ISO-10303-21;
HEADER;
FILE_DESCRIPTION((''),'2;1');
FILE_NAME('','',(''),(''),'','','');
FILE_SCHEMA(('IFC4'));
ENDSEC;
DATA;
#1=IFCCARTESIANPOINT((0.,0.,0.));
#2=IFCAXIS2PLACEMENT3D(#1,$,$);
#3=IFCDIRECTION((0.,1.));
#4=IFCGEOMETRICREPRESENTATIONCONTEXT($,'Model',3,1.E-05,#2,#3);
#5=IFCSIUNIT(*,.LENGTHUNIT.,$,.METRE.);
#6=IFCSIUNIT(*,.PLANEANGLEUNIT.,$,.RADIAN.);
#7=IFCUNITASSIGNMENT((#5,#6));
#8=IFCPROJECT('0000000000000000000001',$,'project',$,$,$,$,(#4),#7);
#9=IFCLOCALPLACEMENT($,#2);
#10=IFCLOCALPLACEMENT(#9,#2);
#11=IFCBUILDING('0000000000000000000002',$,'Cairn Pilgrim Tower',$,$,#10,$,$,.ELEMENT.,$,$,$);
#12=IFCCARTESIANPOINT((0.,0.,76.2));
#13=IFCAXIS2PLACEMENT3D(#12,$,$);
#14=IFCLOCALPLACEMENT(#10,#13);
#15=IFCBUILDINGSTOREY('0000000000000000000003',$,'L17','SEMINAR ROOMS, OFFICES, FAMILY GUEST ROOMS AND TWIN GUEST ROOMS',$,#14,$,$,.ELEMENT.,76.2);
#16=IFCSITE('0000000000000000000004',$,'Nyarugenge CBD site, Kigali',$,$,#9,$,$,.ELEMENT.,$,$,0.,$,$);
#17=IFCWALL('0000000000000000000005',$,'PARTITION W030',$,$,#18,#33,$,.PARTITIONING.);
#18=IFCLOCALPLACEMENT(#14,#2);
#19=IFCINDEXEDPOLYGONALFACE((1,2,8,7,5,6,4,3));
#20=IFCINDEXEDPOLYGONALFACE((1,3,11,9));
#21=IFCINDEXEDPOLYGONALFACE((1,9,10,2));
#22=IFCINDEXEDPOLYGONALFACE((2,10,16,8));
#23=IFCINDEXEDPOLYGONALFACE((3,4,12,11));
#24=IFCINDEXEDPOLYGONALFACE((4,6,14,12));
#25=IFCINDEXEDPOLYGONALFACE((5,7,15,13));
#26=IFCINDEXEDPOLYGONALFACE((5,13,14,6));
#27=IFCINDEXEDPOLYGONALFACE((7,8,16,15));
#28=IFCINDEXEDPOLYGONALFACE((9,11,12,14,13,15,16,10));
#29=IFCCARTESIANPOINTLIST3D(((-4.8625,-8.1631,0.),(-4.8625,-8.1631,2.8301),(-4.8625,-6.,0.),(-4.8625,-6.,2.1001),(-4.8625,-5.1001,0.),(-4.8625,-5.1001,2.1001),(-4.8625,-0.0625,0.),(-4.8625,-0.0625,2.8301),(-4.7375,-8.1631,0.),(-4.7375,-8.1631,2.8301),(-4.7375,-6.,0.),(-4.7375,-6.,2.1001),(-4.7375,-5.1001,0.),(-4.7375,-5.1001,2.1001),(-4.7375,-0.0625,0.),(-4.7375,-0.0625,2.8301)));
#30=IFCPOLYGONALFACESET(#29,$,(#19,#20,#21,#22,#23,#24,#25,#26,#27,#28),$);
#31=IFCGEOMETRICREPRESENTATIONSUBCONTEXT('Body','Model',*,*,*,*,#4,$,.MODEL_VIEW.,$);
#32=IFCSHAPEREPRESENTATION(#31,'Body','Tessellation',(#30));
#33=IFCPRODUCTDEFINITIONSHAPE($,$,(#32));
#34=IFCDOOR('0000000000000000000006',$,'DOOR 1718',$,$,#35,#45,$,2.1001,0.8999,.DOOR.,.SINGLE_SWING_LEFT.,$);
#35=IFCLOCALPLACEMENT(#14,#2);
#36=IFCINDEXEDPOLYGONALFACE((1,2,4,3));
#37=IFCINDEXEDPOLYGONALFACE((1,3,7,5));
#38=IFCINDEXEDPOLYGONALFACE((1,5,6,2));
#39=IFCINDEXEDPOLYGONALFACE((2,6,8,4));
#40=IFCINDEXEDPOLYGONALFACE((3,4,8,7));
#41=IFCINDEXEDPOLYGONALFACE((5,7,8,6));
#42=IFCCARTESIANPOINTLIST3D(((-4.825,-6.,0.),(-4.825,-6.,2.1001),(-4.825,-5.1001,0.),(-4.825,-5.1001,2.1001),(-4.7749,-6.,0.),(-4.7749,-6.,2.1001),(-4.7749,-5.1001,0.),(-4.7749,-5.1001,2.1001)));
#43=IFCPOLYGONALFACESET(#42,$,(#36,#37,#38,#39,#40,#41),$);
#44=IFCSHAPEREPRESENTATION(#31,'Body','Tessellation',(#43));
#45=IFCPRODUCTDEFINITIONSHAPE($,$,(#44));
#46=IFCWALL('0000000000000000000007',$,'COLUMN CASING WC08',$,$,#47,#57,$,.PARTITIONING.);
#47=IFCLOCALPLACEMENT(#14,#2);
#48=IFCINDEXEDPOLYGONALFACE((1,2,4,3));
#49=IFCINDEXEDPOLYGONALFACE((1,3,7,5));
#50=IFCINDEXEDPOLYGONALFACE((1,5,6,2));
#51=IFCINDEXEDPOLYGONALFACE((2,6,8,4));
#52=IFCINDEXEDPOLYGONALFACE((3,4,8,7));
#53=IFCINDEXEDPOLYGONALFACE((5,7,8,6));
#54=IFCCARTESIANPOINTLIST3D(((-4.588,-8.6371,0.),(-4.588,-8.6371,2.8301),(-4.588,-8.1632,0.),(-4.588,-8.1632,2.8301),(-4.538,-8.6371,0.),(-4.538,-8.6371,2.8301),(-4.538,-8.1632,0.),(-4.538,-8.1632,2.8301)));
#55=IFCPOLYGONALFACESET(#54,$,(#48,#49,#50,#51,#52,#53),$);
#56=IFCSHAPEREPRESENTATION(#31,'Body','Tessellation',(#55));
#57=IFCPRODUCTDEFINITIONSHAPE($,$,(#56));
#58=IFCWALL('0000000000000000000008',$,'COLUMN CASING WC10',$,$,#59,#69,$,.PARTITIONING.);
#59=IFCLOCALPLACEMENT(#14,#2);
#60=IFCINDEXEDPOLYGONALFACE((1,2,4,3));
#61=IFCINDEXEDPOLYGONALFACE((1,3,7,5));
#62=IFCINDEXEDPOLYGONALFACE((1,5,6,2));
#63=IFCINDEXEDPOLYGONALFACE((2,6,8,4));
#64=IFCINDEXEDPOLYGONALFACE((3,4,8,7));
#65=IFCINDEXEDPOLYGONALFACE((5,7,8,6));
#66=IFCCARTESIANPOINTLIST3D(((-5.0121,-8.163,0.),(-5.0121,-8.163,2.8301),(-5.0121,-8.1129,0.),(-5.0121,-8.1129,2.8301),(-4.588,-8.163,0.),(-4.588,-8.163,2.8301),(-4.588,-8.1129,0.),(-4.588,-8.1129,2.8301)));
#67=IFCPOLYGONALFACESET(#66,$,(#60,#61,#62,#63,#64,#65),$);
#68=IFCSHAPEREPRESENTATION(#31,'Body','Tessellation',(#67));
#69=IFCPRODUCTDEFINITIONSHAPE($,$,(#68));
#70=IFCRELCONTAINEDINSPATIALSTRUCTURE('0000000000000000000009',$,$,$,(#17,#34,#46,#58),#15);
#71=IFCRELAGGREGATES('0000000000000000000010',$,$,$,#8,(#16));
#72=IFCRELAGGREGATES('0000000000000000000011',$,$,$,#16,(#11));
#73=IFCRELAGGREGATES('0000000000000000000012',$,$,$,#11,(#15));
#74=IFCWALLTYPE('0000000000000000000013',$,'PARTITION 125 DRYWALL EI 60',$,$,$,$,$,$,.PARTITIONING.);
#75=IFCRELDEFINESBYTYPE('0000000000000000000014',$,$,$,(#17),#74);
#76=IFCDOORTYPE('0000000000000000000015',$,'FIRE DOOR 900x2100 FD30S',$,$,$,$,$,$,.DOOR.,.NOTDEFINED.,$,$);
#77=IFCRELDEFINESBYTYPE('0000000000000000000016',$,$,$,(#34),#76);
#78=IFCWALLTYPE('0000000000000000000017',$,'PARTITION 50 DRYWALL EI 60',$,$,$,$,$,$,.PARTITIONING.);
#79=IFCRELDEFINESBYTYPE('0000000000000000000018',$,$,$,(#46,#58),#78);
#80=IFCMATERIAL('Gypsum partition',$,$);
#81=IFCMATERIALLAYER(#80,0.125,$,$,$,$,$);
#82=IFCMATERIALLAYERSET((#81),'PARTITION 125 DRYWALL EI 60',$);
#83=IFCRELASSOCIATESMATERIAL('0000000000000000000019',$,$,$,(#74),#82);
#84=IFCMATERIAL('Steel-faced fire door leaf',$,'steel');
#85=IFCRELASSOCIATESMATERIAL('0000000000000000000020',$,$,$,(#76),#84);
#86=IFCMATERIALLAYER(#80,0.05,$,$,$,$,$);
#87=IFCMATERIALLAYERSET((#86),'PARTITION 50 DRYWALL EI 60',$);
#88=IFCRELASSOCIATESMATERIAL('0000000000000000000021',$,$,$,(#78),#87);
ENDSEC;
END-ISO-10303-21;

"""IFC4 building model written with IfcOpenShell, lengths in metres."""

from ifc_helpers import new_model, si_unit, direction, frame, frame_2d, origin, place, context, subcontext, project, spatial, rectangle, extrude, material, layer, layer_set, type_object, element, fill, save


model = new_model("IFC4")

# Units and contexts
model_context = context("Model", 3, precision=1e-05, world=origin(), true_north=direction((0.0, 1.0)))
body_context = subcontext(model_context, "Body", "Model", "MODEL_VIEW")
ifc_project = project(units=[si_unit("LENGTHUNIT", "METRE"), si_unit("PLANEANGLEUNIT", "RADIAN")], contexts=[model_context])

# Site, building, storey
site_placement = place(None, origin())
site = spatial("IfcSite", under=ifc_project, at=site_placement, Name="Nyarugenge CBD site, Kigali", CompositionType="ELEMENT", RefElevation=0.0)
building_placement = place(site_placement, origin())
building = spatial("IfcBuilding", under=site, at=building_placement, Name="Cairn Pilgrim Tower", CompositionType="ELEMENT")
storey_placement = place(building_placement, frame((0.0, 0.0, 76.2)))
storey = spatial("IfcBuildingStorey", under=building, at=storey_placement, Name="L17", Description="SEMINAR ROOMS, OFFICES, FAMILY GUEST ROOMS AND TWIN GUEST ROOMS", CompositionType="ELEMENT", Elevation=76.2)

# Shared definitions
ifc_material_1 = material(Name="Gypsum partition")
ifc_layer_1 = layer(ifc_material_1, 0.125)
ifc_layer_set_1 = layer_set([ifc_layer_1], Name="PARTITION 125 DRYWALL EI 60")
wall_type_1 = type_object("IfcWallType", Name="PARTITION 125 DRYWALL EI 60", PredefinedType="PARTITIONING", material=ifc_layer_set_1)

# Wall, opening, door
wall_1_placement = place(storey_placement, frame((-4.8, -8.1631, 0.0), z_axis=(0.0, 0.0, 1.0), x_axis=(0.0, 1.0, 0.0)))
wall_1 = element("IfcWall", 1, at=wall_1_placement, inside=storey, type_object=wall_type_1, Name="PARTITION W030", PredefinedType="PARTITIONING", context=body_context, shape_type="SweptSolid", body=[
    extrude(rectangle(XDim=8.1006, YDim=0.125, at=frame_2d((4.0503, 0.0))), origin(), (0.0, 0.0, 1.0), 2.8301),
])
opening_1_placement = place(wall_1_placement, frame((2.1631, 0.0, 0.0)))
opening_1 = element("IfcOpeningElement", 2, at=opening_1_placement, cuts=wall_1, PredefinedType="OPENING", context=body_context, shape_type="SweptSolid", body=[
    extrude(rectangle(XDim=0.8999, YDim=2.1001, at=frame_2d((0.45, 1.05))), frame((0.0, 0.0725, 0.0), z_axis=(0.0, -1.0, 0.0), x_axis=(1.0, 0.0, 0.0)), (0.0, 0.0, 1.0), 0.145),
])
ifc_material_2 = material(Name="Steel-faced fire door leaf", Category="steel")
door_type_1 = type_object("IfcDoorType", Name="FIRE DOOR 900x2100 FD30S", OperationType="NOTDEFINED", PredefinedType="DOOR", material=ifc_material_2)
door_1_placement = place(opening_1_placement, origin())
door_1 = element("IfcDoor", 3, at=door_1_placement, inside=storey, type_object=door_type_1, Name="DOOR 1718", OperationType="SINGLE_SWING_LEFT", OverallHeight=2.1001, OverallWidth=0.8999, PredefinedType="DOOR", context=body_context, shape_type="SweptSolid", body=[
    extrude(rectangle(XDim=0.8999, YDim=2.1001, at=frame_2d((0.45, 1.05))), frame((0.0, 0.0249, 0.0), z_axis=(0.0, -1.0, 0.0), x_axis=(1.0, 0.0, 0.0)), (0.0, 0.0, 1.0), 0.05),
])
fill(opening_1, door_1)

# Walls
ifc_layer_2 = layer(ifc_material_1, 0.05)
ifc_layer_set_2 = layer_set([ifc_layer_2], Name="PARTITION 50 DRYWALL EI 60")
wall_type_2 = type_object("IfcWallType", Name="PARTITION 50 DRYWALL EI 60", PredefinedType="PARTITIONING", material=ifc_layer_set_2)
wall_2_placement = place(storey_placement, frame((-4.563, -8.637, 0.0), z_axis=(0.0, 0.0, 1.0), x_axis=(0.0, 1.0, 0.0)))
element("IfcWall", 4, at=wall_2_placement, inside=storey, type_object=wall_type_2, Name="COLUMN CASING WC08", PredefinedType="PARTITIONING", context=body_context, shape_type="SweptSolid", body=[
    extrude(rectangle(XDim=0.4739, YDim=0.05, at=frame_2d((0.2368, 0.0))), origin(), (0.0, 0.0, 1.0), 2.8301),
])
wall_3_placement = place(storey_placement, frame((-5.012, -8.1379, 0.0), z_axis=(0.0, 0.0, 1.0), x_axis=(1.0, 0.0, 0.0)))
element("IfcWall", 5, at=wall_3_placement, inside=storey, type_object=wall_type_2, Name="COLUMN CASING WC10", PredefinedType="PARTITIONING", context=body_context, shape_type="SweptSolid", body=[
    extrude(rectangle(XDim=0.4241, YDim=0.05, at=frame_2d((0.2119, 0.0))), origin(), (0.0, 0.0, 1.0), 2.8301),
])

save(model, "model.ifc")
